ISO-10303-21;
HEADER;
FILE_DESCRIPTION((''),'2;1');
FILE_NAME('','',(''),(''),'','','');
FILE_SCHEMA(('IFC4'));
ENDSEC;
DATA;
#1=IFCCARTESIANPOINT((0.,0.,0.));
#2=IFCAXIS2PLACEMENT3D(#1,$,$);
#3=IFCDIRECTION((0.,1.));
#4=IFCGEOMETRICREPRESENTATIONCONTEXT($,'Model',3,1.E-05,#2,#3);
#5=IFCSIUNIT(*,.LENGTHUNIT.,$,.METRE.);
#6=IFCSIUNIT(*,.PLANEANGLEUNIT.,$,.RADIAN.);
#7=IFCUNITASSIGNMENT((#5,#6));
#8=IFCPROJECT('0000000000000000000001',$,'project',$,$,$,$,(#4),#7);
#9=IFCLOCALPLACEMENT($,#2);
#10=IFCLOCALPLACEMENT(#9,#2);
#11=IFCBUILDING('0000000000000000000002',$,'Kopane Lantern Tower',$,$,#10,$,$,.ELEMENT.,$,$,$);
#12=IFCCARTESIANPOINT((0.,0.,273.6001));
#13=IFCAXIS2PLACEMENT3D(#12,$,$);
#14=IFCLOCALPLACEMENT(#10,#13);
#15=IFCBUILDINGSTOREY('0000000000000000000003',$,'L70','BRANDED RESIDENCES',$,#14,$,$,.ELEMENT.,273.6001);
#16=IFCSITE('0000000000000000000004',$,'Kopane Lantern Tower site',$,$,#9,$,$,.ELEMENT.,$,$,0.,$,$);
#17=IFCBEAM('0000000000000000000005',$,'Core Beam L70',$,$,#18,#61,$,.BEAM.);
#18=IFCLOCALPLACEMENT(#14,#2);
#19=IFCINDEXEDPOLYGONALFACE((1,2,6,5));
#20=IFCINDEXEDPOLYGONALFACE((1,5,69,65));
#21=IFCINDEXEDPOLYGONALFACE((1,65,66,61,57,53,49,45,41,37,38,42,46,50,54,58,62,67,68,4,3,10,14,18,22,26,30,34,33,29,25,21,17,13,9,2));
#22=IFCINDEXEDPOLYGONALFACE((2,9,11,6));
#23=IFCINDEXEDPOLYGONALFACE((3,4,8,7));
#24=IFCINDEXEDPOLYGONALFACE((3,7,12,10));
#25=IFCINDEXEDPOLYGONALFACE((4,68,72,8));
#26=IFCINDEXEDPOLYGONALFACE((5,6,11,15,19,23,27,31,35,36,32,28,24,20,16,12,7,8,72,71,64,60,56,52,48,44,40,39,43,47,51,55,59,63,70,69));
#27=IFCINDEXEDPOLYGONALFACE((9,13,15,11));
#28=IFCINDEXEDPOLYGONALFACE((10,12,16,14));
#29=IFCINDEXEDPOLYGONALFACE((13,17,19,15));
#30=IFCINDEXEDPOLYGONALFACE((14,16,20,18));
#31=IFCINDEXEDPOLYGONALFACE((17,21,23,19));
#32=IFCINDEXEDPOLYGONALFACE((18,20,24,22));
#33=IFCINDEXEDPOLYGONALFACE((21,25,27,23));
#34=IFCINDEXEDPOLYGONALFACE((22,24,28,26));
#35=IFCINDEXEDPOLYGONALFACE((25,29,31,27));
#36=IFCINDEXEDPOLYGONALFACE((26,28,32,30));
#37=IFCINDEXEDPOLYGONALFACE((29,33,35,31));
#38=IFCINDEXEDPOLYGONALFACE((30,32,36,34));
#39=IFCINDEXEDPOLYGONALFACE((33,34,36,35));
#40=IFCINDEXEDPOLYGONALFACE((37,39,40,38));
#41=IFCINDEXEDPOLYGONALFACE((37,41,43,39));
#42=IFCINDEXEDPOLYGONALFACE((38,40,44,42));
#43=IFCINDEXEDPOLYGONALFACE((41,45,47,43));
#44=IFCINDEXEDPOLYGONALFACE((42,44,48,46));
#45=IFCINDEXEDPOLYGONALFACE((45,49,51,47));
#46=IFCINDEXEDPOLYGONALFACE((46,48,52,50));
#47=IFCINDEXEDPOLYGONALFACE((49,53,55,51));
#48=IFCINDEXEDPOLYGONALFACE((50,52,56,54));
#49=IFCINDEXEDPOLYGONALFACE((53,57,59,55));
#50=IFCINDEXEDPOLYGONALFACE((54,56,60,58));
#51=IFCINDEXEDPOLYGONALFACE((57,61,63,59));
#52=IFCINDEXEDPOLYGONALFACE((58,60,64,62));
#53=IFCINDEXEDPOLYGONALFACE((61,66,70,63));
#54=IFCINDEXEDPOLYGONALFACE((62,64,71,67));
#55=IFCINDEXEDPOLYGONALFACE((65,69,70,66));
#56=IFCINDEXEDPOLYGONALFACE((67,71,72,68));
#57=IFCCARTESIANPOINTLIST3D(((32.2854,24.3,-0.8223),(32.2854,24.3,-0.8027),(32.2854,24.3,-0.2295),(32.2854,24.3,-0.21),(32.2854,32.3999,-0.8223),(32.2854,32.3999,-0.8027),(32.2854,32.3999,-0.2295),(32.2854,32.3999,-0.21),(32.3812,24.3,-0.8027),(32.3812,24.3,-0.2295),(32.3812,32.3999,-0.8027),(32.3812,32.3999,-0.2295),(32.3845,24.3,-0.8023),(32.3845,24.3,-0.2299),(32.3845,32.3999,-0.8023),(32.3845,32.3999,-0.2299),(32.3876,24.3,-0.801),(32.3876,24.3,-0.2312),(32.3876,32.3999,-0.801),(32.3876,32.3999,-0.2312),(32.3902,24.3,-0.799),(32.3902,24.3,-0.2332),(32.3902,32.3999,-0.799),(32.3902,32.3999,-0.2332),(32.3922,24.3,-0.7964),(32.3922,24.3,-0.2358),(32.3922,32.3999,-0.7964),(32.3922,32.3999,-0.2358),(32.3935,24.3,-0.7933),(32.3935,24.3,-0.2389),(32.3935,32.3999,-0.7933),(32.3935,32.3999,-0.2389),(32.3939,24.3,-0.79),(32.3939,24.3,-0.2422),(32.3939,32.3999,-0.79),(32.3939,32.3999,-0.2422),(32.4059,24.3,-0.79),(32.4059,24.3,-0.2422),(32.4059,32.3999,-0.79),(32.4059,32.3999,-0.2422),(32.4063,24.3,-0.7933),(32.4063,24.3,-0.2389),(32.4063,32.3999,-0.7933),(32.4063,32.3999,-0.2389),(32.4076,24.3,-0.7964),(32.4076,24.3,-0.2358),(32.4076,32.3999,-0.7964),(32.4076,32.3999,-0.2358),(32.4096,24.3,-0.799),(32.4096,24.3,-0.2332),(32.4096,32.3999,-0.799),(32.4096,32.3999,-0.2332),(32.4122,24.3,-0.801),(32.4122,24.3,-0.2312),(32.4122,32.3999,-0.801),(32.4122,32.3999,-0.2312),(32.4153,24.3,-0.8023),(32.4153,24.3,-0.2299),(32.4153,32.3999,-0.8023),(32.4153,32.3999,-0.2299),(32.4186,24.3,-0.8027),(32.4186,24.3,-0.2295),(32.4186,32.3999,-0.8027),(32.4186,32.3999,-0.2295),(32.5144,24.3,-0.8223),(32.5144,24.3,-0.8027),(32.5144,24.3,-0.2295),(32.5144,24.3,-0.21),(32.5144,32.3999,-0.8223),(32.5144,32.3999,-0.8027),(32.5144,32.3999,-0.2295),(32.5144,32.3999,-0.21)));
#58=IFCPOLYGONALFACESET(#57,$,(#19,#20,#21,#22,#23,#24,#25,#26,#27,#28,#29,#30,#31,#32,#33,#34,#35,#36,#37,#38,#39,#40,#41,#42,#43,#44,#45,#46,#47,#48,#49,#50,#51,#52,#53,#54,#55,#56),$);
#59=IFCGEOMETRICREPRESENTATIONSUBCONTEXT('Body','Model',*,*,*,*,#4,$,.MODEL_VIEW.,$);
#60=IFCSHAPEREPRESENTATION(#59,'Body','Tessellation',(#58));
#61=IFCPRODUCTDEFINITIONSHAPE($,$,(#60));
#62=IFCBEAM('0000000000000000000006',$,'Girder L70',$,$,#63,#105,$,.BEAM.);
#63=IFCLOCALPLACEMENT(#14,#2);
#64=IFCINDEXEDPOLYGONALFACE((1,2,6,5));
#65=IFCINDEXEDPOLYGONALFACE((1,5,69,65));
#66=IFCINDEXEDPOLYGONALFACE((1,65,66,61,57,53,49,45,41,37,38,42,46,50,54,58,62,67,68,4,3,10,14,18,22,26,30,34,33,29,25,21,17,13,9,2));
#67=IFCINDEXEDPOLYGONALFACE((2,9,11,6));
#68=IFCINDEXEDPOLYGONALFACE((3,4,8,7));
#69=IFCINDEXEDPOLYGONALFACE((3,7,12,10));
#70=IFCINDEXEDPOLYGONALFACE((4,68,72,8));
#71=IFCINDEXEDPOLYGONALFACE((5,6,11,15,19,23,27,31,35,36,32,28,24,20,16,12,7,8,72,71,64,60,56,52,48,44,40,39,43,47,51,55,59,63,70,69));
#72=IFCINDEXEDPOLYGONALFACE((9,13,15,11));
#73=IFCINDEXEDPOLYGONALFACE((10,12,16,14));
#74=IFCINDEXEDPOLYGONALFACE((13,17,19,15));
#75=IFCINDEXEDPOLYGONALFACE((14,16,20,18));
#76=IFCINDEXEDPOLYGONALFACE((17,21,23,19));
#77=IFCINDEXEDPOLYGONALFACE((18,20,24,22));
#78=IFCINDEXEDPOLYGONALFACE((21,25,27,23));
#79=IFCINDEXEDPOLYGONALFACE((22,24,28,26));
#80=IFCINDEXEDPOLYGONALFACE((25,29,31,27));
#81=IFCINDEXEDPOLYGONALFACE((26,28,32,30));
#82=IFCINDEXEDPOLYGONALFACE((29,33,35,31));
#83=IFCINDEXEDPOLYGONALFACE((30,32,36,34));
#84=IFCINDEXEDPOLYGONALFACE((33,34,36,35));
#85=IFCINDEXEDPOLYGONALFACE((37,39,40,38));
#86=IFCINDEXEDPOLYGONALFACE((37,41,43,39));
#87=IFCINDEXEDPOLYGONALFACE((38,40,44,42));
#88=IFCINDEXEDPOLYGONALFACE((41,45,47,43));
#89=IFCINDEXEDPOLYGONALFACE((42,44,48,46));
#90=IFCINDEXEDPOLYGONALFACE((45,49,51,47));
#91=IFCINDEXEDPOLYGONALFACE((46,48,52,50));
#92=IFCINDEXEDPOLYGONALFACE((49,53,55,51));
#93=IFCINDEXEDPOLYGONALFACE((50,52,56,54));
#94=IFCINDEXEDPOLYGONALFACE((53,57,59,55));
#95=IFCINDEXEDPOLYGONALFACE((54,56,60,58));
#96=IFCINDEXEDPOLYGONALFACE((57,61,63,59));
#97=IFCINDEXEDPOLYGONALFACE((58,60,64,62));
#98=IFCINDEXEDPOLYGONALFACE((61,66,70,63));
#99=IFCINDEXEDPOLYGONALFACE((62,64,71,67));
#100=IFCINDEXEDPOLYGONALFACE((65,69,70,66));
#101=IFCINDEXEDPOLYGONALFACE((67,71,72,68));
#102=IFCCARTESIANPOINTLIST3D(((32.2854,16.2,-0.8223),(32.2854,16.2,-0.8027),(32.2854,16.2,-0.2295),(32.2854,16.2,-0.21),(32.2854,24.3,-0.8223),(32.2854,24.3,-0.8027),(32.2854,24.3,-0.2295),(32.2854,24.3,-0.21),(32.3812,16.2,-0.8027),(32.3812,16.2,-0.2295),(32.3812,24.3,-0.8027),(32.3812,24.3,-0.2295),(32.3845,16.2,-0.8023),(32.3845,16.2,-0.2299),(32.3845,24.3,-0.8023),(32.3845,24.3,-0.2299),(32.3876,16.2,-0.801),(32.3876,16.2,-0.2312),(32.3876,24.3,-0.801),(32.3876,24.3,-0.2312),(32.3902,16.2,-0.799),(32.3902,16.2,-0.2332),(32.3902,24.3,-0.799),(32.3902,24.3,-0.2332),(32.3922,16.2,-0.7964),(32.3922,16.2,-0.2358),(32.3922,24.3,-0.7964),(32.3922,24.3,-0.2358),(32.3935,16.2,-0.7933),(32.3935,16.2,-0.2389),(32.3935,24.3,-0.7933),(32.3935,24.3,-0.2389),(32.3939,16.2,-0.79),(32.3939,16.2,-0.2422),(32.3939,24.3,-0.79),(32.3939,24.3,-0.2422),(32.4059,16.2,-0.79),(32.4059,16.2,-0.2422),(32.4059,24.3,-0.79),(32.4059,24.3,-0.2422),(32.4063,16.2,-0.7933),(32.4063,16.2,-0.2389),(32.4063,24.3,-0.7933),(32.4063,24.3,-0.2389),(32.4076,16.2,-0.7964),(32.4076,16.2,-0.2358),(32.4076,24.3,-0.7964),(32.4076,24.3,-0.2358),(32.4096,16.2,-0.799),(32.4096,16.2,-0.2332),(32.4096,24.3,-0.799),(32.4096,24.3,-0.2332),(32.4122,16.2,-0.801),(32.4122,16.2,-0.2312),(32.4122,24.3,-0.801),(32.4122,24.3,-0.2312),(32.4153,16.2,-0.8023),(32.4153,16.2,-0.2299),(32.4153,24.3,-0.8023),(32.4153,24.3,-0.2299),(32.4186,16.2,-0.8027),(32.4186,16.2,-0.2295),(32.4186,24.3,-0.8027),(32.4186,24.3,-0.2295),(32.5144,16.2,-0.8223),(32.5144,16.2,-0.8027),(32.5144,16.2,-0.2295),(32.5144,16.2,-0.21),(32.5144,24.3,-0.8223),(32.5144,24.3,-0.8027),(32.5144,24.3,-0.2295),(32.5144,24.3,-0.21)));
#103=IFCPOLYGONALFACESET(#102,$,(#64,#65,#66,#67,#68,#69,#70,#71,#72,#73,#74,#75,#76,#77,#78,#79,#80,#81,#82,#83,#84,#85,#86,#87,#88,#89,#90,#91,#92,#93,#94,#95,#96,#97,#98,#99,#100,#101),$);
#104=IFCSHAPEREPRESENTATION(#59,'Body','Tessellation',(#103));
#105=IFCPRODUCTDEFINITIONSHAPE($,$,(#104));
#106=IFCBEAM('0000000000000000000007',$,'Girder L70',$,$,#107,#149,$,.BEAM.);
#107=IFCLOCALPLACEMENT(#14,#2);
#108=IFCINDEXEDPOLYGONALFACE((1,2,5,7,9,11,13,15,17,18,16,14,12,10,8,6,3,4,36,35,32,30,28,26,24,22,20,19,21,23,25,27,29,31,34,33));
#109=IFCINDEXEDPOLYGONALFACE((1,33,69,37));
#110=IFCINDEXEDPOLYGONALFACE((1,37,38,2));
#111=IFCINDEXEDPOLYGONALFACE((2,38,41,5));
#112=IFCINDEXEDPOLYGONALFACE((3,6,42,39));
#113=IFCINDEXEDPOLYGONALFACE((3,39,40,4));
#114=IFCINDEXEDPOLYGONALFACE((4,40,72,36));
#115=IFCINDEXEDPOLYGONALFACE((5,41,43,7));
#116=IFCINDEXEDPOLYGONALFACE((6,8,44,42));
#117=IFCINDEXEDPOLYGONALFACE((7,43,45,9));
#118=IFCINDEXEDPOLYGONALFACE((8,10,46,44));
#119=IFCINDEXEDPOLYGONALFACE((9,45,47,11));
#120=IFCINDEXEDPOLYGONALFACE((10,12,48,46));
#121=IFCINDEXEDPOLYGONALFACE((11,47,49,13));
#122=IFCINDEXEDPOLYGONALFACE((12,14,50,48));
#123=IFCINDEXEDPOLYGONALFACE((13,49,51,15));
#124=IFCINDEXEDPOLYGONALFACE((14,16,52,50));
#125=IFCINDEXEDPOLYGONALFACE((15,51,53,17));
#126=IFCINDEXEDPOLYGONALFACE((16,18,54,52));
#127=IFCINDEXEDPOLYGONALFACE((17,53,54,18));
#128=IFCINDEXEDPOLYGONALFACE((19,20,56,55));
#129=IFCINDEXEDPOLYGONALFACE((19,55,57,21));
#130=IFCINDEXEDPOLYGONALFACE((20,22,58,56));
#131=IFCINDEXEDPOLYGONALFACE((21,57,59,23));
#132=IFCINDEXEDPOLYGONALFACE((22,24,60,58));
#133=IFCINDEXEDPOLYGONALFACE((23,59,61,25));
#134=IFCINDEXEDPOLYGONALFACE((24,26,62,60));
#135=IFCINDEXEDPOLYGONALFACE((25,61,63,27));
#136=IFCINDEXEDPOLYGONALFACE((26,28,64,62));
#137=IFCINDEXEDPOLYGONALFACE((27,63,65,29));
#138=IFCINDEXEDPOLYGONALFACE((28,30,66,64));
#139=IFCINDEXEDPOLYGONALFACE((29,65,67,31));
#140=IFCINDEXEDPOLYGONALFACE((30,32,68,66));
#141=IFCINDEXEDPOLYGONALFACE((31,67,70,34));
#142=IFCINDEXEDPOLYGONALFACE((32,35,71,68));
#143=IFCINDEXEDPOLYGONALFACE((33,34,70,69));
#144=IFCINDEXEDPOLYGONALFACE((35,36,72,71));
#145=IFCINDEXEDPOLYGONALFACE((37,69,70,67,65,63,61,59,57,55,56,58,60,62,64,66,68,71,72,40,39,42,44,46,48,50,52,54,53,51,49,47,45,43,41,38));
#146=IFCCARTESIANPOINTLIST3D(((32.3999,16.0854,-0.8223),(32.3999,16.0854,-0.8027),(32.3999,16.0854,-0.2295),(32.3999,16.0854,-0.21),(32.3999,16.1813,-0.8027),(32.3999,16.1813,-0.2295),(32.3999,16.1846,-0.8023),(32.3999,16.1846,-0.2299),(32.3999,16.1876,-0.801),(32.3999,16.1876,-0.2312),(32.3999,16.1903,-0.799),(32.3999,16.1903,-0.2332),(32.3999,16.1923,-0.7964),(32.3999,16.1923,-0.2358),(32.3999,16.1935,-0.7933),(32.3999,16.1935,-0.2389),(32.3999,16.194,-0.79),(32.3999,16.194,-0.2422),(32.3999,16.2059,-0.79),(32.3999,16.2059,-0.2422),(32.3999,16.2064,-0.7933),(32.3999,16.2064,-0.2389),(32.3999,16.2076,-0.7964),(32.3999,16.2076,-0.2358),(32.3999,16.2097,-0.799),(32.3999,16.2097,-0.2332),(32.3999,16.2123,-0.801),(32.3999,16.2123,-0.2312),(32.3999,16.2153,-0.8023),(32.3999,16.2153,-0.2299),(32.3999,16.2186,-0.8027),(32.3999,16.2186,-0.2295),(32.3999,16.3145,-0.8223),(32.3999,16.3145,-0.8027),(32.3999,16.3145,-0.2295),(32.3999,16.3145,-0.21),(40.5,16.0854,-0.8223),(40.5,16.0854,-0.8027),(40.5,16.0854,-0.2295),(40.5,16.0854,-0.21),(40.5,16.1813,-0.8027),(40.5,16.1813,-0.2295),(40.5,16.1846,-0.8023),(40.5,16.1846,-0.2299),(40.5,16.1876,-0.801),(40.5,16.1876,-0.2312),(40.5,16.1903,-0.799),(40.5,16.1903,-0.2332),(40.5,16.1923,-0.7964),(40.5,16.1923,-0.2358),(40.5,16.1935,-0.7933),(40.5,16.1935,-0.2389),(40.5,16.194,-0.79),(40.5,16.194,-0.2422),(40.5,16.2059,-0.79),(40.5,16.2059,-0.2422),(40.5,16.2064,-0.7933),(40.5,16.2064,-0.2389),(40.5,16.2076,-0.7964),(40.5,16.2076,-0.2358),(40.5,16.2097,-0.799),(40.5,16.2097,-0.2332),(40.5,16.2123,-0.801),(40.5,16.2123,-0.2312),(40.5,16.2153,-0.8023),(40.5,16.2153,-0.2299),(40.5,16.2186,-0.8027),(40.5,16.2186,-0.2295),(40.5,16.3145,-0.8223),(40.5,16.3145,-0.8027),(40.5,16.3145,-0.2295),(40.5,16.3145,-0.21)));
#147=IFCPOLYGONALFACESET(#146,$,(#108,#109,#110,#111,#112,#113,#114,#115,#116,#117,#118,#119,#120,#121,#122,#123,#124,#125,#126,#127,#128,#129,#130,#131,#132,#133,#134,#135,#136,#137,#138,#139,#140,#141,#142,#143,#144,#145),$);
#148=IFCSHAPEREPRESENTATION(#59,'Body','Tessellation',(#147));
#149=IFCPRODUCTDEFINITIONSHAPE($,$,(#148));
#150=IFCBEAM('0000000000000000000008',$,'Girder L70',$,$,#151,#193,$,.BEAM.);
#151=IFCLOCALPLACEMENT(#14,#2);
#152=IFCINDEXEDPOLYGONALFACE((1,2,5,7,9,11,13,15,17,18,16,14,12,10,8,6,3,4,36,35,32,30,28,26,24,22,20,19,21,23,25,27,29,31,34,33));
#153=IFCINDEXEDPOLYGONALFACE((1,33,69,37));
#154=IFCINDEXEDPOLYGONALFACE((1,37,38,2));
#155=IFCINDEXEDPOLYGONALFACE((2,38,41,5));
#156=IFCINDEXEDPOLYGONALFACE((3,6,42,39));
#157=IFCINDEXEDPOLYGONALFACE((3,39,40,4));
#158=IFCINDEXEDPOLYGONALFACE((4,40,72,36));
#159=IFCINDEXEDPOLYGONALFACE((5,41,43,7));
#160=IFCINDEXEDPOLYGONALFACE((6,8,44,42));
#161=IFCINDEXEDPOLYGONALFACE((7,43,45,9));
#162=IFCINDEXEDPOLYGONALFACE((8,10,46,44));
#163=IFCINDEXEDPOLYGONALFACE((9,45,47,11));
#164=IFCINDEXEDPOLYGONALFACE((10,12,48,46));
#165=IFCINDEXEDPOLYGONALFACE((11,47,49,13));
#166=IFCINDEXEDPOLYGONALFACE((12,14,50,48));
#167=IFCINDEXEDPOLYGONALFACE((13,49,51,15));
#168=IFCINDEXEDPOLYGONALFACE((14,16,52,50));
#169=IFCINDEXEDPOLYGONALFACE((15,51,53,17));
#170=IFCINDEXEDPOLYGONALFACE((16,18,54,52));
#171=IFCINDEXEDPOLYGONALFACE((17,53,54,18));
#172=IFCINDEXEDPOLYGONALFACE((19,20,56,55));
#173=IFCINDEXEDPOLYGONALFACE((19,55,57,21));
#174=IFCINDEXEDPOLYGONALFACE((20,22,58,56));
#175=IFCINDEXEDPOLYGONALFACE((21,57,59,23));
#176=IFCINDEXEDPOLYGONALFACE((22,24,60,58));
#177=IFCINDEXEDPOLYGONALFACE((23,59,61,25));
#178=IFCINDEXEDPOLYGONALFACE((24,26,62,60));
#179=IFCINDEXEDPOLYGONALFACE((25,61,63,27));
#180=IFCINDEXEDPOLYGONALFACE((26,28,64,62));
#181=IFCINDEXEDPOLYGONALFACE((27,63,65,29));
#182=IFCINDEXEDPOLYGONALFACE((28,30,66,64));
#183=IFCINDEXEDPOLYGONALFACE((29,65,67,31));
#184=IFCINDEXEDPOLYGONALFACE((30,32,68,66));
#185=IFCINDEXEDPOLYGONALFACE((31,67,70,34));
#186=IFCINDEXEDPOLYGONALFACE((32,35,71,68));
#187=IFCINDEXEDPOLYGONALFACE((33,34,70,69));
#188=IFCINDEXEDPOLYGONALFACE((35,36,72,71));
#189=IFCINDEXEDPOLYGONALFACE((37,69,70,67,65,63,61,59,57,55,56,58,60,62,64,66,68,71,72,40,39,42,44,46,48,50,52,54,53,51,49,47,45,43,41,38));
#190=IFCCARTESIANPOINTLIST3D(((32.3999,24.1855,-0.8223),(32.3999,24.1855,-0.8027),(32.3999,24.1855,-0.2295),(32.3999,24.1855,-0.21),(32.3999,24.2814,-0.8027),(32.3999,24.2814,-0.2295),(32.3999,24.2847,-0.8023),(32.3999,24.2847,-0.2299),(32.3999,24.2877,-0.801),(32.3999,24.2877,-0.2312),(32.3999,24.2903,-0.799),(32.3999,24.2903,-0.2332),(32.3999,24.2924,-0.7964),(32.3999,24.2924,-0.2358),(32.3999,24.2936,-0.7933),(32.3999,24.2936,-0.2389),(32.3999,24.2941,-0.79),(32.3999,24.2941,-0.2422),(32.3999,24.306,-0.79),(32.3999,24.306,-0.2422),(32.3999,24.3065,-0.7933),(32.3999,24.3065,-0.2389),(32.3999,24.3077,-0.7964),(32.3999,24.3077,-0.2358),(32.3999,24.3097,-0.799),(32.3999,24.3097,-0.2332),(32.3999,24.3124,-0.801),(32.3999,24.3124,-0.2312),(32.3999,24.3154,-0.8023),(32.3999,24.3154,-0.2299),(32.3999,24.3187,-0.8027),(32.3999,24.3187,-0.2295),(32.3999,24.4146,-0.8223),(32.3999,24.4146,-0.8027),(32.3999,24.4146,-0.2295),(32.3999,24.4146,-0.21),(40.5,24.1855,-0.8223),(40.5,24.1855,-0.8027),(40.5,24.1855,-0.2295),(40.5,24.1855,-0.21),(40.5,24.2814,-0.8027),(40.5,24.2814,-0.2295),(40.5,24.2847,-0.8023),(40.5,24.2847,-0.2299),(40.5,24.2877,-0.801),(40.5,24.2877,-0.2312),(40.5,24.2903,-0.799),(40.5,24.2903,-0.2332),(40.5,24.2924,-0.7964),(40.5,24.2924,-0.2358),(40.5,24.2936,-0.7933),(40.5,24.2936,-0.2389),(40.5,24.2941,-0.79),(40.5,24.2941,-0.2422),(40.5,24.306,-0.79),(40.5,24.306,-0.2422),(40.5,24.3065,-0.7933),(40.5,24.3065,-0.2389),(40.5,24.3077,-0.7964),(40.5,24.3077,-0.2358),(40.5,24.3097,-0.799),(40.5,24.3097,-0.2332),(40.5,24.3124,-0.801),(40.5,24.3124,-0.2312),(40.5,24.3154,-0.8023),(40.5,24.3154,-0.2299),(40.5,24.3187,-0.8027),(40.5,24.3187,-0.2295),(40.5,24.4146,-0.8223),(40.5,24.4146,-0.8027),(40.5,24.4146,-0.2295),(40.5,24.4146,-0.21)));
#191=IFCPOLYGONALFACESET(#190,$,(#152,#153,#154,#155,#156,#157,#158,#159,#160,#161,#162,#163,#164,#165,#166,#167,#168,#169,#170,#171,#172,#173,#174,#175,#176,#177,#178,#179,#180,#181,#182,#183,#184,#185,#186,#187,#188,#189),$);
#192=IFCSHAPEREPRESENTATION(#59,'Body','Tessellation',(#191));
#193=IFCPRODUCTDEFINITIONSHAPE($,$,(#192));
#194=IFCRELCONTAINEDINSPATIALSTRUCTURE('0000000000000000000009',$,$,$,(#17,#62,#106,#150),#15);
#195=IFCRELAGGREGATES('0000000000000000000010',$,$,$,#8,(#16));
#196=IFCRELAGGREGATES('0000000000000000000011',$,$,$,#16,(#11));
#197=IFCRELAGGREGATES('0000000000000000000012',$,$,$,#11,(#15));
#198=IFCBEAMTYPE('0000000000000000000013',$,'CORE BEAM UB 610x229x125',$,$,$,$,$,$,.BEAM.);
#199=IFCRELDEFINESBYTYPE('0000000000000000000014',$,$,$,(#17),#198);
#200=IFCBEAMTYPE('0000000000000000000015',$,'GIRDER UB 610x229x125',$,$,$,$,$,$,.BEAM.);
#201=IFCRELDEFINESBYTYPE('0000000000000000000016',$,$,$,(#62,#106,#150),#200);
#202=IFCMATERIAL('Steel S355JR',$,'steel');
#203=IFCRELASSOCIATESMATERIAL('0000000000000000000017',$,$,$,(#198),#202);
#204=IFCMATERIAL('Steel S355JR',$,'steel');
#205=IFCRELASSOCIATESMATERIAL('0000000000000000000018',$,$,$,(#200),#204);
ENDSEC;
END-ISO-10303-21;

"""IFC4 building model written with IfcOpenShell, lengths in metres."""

from ifc_helpers import new_model, si_unit, direction, frame, origin, origin_2d, place, context, subcontext, project, spatial, i_section, extrude, material, material_profile, profile_set, type_object, element, save


model = new_model("IFC4")

# Units and contexts
model_context = context("Model", 3, precision=1e-05, world=origin(), true_north=direction((0.0, 1.0)))
body_context = subcontext(model_context, "Body", "Model", "MODEL_VIEW")
ifc_project = project(units=[si_unit("LENGTHUNIT", "METRE"), si_unit("PLANEANGLEUNIT", "RADIAN")], contexts=[model_context])

# Site, building, storey
site_placement = place(None, origin())
site = spatial("IfcSite", under=ifc_project, at=site_placement, Name="Kopane Lantern Tower site", CompositionType="ELEMENT", RefElevation=0.0)
building_placement = place(site_placement, origin())
building = spatial("IfcBuilding", under=site, at=building_placement, Name="Kopane Lantern Tower", CompositionType="ELEMENT")
storey_placement = place(building_placement, frame((0.0, 0.0, 273.6001)))
storey = spatial("IfcBuildingStorey", under=building, at=storey_placement, Name="L70", Description="BRANDED RESIDENCES", CompositionType="ELEMENT", Elevation=273.6001)

# Beams
ifc_material_1 = material(Name="Steel S355JR", Category="steel")
ifc_material_profile_1 = material_profile(ifc_material_1, i_section(OverallWidth=0.229, OverallDepth=0.6123, WebThickness=0.012, FlangeThickness=0.0195, FilletRadius=0.0127, at=origin_2d()), Name="UB 610x229x125")
ifc_profile_set_1 = profile_set([ifc_material_profile_1], Name="Steel S355JR")
beam_type_1 = type_object("IfcBeamType", Name="CORE BEAM UB 610x229x125", PredefinedType="BEAM", material=ifc_profile_set_1)
beam_1_placement = place(storey_placement, frame((32.3999, 24.3, -0.5161), z_axis=(0.0, 1.0, 0.0), x_axis=(-1.0, 0.0, 0.0)))
element("IfcBeam", 1, at=beam_1_placement, inside=storey, type_object=beam_type_1, Name="Core Beam L70", PredefinedType="BEAM", context=body_context, shape_type="SweptSolid", body=[
    extrude(i_section(OverallWidth=0.229, OverallDepth=0.6123, WebThickness=0.012, FlangeThickness=0.0195, FilletRadius=0.0127, at=origin_2d()), origin(), (0.0, 0.0, 1.0), 8.0999),
])
ifc_material_2 = material(Name="Steel S355JR", Category="steel")
ifc_material_profile_2 = material_profile(ifc_material_2, i_section(OverallWidth=0.229, OverallDepth=0.6123, WebThickness=0.012, FlangeThickness=0.0195, FilletRadius=0.0127, at=origin_2d()), Name="UB 610x229x125")
ifc_profile_set_2 = profile_set([ifc_material_profile_2], Name="Steel S355JR")
beam_type_2 = type_object("IfcBeamType", Name="GIRDER UB 610x229x125", PredefinedType="BEAM", material=ifc_profile_set_2)
for number, where, z_axis, x_axis, name in (
    (2, (32.3999, 16.2, -0.5161), (0.0, 1.0, 0.0), (-1.0, 0.0, 0.0), "Girder L70"),
    (3, (32.3999, 16.2, -0.5161), (1.0, 0.0, 0.0), (0.0, 1.0, 0.0), "Girder L70"),
    (4, (32.3999, 24.3, -0.5161), (1.0, 0.0, 0.0), (0.0, 1.0, 0.0), "Girder L70"),
):
    element("IfcBeam", number, at=place(storey_placement, frame(where, z_axis=z_axis, x_axis=x_axis)), inside=storey, type_object=beam_type_2, Name=name, PredefinedType="BEAM", context=body_context, shape_type="SweptSolid", body=[
        extrude(i_section(OverallWidth=0.229, OverallDepth=0.6123, WebThickness=0.012, FlangeThickness=0.0195, FilletRadius=0.0127, at=origin_2d()), origin(), (0.0, 0.0, 1.0), 8.1001),
    ])

save(model, "model.ifc")
